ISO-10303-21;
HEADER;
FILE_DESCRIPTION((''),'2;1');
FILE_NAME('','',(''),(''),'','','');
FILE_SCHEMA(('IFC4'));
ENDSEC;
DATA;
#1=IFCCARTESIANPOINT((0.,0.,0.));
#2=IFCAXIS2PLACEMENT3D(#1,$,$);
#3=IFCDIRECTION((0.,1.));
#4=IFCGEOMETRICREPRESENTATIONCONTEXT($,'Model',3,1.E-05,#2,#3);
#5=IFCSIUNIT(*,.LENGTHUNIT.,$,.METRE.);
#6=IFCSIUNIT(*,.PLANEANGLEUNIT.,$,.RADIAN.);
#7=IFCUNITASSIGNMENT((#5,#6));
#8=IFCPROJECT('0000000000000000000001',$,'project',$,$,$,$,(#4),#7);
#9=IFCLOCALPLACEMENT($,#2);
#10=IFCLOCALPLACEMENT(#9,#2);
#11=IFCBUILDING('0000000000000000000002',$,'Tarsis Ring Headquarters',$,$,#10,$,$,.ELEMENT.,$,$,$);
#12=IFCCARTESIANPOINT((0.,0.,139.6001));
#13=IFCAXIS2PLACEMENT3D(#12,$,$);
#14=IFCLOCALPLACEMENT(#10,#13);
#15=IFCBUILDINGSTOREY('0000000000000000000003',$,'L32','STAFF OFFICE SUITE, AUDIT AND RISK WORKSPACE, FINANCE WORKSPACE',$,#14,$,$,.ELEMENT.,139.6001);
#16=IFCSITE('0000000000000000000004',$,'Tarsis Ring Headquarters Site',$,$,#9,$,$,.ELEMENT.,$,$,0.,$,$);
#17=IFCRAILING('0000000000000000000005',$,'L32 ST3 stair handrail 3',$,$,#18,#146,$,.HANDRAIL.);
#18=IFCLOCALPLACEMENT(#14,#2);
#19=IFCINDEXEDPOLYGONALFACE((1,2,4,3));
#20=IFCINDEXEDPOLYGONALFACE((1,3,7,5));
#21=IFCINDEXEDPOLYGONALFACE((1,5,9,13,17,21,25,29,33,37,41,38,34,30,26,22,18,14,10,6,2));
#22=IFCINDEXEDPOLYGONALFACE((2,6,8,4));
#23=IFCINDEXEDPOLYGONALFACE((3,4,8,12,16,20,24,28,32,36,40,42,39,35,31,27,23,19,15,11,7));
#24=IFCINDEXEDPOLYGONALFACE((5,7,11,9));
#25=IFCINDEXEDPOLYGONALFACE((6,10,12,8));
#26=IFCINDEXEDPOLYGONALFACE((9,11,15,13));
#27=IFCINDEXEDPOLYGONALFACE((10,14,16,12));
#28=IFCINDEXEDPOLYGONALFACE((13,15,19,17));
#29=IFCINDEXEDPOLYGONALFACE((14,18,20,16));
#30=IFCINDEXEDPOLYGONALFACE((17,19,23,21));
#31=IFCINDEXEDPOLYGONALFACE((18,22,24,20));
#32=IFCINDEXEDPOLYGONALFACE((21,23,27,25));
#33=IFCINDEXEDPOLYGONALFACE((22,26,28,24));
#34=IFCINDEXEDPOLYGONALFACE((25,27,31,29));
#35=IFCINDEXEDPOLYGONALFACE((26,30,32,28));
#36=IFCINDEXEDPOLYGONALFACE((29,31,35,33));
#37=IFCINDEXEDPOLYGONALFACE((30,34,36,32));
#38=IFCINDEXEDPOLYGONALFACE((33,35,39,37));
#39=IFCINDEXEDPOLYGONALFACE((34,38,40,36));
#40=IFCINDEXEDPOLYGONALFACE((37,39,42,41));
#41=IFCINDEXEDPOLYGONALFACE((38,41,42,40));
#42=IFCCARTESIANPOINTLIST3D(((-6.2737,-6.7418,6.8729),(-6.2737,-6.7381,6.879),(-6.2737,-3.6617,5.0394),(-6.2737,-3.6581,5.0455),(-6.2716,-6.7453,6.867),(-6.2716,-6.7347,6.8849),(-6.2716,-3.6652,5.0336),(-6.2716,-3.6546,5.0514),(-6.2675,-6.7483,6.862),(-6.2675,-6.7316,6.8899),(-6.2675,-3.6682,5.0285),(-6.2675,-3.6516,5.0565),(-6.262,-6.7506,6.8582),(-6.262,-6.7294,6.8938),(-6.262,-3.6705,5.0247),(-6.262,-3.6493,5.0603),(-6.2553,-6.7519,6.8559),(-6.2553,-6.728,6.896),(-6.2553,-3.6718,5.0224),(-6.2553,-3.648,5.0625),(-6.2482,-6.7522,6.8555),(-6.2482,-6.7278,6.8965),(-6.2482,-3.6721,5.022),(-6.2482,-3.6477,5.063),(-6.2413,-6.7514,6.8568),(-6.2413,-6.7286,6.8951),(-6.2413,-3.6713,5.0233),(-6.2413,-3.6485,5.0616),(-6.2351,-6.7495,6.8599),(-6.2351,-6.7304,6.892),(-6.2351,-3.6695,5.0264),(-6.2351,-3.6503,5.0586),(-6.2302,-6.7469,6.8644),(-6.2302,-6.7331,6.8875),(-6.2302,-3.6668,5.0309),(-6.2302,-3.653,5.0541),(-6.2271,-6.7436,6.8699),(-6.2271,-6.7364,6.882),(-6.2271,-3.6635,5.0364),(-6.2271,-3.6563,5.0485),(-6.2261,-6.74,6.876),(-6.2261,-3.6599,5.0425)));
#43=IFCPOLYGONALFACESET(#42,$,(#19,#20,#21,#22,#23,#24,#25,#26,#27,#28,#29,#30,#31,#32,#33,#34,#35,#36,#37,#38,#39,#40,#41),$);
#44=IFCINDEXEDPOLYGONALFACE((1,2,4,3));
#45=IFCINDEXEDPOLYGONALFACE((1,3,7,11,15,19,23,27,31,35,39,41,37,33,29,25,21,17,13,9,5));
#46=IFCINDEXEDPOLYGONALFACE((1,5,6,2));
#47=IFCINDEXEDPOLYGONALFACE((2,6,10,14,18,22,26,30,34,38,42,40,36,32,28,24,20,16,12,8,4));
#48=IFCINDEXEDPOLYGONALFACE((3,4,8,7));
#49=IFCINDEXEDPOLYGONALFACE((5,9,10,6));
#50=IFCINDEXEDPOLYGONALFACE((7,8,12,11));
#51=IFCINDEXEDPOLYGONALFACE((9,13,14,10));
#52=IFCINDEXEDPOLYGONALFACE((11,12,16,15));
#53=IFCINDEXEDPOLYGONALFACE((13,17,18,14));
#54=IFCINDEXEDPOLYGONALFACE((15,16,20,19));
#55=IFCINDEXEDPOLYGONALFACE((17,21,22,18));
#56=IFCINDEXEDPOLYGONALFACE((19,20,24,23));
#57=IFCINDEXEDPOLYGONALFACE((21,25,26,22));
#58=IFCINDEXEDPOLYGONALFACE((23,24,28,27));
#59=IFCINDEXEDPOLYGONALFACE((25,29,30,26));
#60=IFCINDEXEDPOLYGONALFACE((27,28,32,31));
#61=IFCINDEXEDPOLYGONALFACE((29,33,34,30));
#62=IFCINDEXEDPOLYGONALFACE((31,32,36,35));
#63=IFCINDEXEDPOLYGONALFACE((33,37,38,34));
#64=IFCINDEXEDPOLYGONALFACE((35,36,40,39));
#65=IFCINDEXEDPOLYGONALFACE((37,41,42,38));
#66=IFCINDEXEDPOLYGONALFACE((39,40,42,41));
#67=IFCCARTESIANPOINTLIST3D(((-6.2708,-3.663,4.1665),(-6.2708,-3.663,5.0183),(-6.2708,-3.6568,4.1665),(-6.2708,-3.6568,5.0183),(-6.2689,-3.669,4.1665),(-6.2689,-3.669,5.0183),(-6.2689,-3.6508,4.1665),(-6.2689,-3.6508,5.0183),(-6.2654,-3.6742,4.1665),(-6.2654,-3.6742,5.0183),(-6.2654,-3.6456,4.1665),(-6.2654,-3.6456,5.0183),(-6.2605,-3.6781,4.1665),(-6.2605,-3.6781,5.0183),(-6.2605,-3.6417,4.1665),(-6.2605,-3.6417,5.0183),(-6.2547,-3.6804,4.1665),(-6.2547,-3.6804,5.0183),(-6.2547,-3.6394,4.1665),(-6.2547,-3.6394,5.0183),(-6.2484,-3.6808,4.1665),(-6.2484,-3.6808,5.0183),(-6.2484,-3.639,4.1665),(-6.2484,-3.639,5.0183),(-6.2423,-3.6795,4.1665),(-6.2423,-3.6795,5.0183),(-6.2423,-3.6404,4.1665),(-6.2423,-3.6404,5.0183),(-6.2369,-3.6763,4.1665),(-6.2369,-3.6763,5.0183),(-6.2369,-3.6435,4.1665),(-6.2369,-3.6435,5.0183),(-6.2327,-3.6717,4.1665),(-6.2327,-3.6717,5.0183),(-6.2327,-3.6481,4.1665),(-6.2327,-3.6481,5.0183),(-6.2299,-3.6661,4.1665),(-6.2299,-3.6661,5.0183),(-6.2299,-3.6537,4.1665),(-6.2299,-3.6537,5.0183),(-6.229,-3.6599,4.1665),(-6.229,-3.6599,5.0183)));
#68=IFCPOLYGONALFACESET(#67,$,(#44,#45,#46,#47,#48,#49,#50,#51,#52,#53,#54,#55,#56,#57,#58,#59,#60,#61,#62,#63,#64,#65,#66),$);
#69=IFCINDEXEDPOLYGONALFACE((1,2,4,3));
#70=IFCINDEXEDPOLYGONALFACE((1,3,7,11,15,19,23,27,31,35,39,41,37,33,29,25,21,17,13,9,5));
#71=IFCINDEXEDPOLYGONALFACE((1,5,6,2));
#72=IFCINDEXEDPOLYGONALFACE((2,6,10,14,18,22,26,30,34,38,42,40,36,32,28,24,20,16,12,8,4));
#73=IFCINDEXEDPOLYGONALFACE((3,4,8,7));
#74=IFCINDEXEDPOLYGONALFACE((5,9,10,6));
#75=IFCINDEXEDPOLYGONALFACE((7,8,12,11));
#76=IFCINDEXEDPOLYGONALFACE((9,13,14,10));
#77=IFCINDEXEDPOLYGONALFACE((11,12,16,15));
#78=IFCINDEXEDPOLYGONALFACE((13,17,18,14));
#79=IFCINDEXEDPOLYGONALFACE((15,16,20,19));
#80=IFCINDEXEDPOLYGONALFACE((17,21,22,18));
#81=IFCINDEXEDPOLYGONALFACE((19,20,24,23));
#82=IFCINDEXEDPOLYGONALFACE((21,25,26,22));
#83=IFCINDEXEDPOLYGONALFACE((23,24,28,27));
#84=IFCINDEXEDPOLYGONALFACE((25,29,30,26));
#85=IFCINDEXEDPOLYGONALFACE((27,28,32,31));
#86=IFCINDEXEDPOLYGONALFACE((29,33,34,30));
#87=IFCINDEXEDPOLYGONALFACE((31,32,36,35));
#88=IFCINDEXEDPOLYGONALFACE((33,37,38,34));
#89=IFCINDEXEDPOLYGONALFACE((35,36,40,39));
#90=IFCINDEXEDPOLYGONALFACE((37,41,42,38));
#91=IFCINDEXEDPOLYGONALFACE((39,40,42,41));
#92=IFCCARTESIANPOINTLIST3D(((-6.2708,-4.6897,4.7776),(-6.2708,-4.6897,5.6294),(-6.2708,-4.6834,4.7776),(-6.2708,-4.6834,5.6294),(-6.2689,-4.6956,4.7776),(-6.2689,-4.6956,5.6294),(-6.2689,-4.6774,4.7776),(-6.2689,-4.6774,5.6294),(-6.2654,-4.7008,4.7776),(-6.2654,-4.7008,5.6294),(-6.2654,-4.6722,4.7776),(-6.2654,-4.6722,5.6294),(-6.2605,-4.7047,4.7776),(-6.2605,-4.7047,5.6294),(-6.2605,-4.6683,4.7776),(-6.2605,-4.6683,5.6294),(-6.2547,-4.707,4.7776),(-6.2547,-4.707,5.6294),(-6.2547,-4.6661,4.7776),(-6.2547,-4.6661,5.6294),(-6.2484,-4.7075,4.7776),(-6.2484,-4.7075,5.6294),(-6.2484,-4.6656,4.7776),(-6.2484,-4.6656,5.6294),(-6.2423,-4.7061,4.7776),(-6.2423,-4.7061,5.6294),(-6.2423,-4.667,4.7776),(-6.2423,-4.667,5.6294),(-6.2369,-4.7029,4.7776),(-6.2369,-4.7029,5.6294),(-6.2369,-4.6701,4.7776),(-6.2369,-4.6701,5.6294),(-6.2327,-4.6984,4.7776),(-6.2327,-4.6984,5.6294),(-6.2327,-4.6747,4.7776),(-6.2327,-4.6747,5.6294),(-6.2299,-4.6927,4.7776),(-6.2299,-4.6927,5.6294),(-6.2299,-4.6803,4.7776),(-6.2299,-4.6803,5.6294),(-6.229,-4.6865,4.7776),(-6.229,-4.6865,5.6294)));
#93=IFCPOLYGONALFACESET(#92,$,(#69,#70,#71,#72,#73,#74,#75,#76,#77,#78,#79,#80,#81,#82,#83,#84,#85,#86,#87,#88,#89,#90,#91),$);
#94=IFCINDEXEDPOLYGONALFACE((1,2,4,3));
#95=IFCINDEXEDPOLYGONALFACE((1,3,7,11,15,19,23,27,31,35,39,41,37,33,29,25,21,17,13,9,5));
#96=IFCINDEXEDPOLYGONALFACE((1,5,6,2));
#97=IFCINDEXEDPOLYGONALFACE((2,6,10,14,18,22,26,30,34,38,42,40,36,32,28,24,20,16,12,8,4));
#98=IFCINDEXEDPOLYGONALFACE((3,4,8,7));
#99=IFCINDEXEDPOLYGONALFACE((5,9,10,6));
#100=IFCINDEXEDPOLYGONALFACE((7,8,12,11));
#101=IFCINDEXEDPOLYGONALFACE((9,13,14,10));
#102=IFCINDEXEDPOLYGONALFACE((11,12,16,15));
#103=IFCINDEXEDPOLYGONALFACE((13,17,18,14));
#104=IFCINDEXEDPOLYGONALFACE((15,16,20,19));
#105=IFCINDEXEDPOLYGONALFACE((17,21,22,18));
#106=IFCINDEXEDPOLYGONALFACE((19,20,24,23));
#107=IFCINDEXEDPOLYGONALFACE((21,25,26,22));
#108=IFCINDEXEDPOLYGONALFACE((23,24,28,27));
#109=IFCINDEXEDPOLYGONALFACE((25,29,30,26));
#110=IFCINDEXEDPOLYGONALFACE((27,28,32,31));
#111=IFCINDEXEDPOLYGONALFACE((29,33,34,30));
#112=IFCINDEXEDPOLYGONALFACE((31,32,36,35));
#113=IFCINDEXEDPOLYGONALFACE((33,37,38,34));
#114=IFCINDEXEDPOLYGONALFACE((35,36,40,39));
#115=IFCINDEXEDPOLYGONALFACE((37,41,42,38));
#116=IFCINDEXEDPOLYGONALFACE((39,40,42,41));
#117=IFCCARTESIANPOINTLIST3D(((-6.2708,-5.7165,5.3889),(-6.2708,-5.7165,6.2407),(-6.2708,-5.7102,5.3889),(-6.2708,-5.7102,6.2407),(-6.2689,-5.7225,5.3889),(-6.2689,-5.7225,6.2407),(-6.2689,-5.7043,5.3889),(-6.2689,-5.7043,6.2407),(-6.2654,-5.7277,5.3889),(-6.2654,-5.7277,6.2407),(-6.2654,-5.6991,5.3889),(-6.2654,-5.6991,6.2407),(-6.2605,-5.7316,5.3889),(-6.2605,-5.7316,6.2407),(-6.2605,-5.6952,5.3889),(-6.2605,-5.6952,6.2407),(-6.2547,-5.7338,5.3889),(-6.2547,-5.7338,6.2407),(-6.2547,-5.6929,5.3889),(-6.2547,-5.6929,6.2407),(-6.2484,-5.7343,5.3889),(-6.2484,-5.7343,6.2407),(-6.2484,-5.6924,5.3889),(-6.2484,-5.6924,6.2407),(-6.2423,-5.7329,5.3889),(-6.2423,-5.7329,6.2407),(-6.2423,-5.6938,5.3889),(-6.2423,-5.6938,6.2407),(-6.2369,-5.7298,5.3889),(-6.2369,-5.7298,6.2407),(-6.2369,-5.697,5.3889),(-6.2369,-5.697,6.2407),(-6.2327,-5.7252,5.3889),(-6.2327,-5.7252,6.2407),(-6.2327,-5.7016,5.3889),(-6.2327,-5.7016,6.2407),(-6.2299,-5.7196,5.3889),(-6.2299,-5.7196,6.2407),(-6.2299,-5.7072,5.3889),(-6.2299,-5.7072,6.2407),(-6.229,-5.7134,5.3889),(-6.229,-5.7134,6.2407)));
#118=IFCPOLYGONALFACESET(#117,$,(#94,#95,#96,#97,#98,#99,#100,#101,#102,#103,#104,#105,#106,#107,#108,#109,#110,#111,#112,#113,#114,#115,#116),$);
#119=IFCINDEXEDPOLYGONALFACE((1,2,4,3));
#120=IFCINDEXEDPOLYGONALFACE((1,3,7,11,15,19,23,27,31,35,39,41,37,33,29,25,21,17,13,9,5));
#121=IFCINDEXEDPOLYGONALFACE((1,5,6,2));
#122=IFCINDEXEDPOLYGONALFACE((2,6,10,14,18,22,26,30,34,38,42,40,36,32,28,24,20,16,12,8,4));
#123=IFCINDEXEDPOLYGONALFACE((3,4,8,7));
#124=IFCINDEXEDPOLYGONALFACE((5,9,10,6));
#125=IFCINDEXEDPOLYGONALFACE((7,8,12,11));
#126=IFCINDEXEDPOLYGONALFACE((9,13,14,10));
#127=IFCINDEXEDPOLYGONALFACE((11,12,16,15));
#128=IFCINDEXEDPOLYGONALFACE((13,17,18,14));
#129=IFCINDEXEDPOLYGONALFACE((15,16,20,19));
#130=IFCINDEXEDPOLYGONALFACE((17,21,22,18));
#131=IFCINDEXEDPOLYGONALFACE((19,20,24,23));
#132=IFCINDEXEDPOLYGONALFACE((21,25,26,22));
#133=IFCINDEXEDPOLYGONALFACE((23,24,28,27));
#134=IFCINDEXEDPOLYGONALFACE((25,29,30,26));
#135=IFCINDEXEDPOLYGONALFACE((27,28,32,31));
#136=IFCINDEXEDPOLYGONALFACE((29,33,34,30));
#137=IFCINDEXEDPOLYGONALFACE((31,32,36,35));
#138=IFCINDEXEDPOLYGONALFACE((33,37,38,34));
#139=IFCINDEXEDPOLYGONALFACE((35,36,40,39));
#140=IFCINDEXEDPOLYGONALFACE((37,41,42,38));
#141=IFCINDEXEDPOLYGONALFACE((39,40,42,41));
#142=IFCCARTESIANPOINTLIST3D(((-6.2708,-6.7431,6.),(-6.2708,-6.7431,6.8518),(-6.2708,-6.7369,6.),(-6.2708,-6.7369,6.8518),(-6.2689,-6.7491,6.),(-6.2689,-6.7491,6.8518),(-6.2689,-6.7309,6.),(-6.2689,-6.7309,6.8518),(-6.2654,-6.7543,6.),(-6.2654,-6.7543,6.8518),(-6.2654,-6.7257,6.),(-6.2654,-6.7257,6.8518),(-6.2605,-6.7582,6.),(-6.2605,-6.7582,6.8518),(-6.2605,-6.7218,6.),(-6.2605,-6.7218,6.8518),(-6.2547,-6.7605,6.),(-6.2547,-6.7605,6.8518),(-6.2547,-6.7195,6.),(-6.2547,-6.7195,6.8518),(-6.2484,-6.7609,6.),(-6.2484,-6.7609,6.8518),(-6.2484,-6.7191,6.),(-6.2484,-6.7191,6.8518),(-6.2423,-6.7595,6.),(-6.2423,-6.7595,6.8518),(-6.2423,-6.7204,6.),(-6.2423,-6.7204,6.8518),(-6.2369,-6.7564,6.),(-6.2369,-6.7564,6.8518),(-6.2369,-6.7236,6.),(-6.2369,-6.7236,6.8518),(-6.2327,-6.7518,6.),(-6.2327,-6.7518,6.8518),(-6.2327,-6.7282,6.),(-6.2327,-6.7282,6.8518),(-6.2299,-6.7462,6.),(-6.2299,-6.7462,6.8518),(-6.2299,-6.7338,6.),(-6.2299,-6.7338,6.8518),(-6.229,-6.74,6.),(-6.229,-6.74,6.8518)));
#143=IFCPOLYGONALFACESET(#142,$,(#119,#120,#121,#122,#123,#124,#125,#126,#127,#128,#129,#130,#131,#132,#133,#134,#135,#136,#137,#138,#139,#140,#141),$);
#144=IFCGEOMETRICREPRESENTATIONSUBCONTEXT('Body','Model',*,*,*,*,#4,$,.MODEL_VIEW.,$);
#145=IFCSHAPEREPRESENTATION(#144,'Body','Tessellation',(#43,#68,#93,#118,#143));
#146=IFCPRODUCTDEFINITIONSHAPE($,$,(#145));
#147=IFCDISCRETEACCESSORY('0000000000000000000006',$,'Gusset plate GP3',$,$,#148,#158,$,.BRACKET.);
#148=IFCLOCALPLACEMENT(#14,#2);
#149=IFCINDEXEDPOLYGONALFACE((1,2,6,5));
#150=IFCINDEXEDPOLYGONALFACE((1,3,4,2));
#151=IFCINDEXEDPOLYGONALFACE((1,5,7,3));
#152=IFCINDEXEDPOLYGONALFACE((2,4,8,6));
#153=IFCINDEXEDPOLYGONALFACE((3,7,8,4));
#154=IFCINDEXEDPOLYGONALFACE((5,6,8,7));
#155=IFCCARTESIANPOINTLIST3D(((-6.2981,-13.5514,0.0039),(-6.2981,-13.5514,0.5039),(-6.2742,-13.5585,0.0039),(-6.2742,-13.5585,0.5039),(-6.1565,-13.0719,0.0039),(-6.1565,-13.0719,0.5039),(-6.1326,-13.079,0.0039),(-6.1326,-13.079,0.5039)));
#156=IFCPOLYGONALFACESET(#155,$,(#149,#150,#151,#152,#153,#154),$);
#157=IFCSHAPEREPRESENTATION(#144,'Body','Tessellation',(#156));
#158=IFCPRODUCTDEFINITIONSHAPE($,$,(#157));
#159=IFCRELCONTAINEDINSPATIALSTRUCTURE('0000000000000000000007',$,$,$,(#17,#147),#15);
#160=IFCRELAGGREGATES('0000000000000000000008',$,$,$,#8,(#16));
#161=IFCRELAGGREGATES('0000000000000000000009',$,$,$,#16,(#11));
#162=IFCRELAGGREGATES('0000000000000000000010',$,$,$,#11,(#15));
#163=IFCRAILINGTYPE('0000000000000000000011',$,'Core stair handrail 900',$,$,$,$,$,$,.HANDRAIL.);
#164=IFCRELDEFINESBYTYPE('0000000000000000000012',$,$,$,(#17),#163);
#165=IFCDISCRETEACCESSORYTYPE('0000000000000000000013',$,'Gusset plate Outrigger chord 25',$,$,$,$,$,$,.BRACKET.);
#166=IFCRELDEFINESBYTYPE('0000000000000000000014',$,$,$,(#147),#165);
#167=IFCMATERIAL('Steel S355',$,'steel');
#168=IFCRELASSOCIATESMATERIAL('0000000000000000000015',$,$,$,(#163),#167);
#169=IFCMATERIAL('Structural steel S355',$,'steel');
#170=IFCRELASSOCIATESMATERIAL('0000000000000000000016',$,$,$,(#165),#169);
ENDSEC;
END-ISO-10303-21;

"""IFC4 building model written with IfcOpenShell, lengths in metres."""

from ifc_helpers import new_model, si_unit, direction, frame, origin, origin_2d, place, context, subcontext, project, spatial, rectangle, circle, extrude, material, material_profile, profile_set, type_object, element, save


model = new_model("IFC4")

# Units and contexts
model_context = context("Model", 3, precision=1e-05, world=origin(), true_north=direction((0.0, 1.0)))
body_context = subcontext(model_context, "Body", "Model", "MODEL_VIEW")
ifc_project = project(units=[si_unit("LENGTHUNIT", "METRE"), si_unit("PLANEANGLEUNIT", "RADIAN")], contexts=[model_context])

# Site, building, storey
site_placement = place(None, origin())
site = spatial("IfcSite", under=ifc_project, at=site_placement, Name="Tarsis Ring Headquarters Site", CompositionType="ELEMENT", RefElevation=0.0)
building_placement = place(site_placement, origin())
building = spatial("IfcBuilding", under=site, at=building_placement, Name="Tarsis Ring Headquarters", CompositionType="ELEMENT")
storey_placement = place(building_placement, frame((0.0, 0.0, 139.6001)))
storey = spatial("IfcBuildingStorey", under=building, at=storey_placement, Name="L32", Description="STAFF OFFICE SUITE, AUDIT AND RISK WORKSPACE, FINANCE WORKSPACE", CompositionType="ELEMENT", Elevation=139.6001)

# Shared definitions
ifc_material_1 = material(Name="Structural steel S355", Category="steel")

# Shared definitions
ifc_material_2 = material(Name="Steel S355", Category="steel")

# Railing
railing_type = type_object("IfcRailingType", Name="Core stair handrail 900", PredefinedType="HANDRAIL", material=ifc_material_2)
for number, where, name in (
    (1, (-6.25, -3.6599, 4.1665), "L32 ST3 stair handrail 3"),
):
    element("IfcRailing", number, at=place(storey_placement, frame(where)), inside=storey, type_object=railing_type, Name=name, PredefinedType="HANDRAIL", context=body_context, shape_type="SweptSolid", body=[
        extrude(circle(Radius=0.0239, at=origin_2d()), frame((0.0, 0.0, 0.876), z_axis=(0.0, -0.859279, 0.511508), x_axis=(1.0, 0.0, 0.0)), (0.0, 0.0, 1.0), 3.5845),
        extrude(circle(Radius=0.021, at=origin_2d()), origin(), (0.0, 0.0, 1.0), 0.8518),
        extrude(circle(Radius=0.021, at=origin_2d()), frame((0.0, -1.0266, 0.6111)), (0.0, 0.0, 1.0), 0.8518),
        extrude(circle(Radius=0.021, at=origin_2d()), frame((0.0, -2.0535, 1.2224)), (0.0, 0.0, 1.0), 0.8518),
        extrude(circle(Radius=0.021, at=origin_2d()), frame((0.0, -3.0801, 1.8335)), (0.0, 0.0, 1.0), 0.8518),
    ])

# Discrete accessory
ifc_material_profile_1 = material_profile(ifc_material_1, rectangle(XDim=0.0249, YDim=0.5, at=origin_2d()), Name="PL 25x500")
ifc_profile_set_1 = profile_set([ifc_material_profile_1], Name="Structural steel S355")
discrete_accessory_type = type_object("IfcDiscreteAccessoryType", Name="Gusset plate Outrigger chord 25", PredefinedType="BRACKET", material=ifc_profile_set_1)
discrete_accessory_placement = place(storey_placement, frame((-6.1445, -13.0754, 0.2539), z_axis=(-0.283224, -0.959054, 0.0), x_axis=(0.959054, -0.283224, 0.0)))
element("IfcDiscreteAccessory", 2, at=discrete_accessory_placement, inside=storey, type_object=discrete_accessory_type, Name="Gusset plate GP3", PredefinedType="BRACKET", context=body_context, shape_type="SweptSolid", body=[
    extrude(rectangle(XDim=0.0249, YDim=0.5, at=origin_2d()), origin(), (0.0, 0.0, 1.0), 0.5),
])

save(model, "model.ifc")
